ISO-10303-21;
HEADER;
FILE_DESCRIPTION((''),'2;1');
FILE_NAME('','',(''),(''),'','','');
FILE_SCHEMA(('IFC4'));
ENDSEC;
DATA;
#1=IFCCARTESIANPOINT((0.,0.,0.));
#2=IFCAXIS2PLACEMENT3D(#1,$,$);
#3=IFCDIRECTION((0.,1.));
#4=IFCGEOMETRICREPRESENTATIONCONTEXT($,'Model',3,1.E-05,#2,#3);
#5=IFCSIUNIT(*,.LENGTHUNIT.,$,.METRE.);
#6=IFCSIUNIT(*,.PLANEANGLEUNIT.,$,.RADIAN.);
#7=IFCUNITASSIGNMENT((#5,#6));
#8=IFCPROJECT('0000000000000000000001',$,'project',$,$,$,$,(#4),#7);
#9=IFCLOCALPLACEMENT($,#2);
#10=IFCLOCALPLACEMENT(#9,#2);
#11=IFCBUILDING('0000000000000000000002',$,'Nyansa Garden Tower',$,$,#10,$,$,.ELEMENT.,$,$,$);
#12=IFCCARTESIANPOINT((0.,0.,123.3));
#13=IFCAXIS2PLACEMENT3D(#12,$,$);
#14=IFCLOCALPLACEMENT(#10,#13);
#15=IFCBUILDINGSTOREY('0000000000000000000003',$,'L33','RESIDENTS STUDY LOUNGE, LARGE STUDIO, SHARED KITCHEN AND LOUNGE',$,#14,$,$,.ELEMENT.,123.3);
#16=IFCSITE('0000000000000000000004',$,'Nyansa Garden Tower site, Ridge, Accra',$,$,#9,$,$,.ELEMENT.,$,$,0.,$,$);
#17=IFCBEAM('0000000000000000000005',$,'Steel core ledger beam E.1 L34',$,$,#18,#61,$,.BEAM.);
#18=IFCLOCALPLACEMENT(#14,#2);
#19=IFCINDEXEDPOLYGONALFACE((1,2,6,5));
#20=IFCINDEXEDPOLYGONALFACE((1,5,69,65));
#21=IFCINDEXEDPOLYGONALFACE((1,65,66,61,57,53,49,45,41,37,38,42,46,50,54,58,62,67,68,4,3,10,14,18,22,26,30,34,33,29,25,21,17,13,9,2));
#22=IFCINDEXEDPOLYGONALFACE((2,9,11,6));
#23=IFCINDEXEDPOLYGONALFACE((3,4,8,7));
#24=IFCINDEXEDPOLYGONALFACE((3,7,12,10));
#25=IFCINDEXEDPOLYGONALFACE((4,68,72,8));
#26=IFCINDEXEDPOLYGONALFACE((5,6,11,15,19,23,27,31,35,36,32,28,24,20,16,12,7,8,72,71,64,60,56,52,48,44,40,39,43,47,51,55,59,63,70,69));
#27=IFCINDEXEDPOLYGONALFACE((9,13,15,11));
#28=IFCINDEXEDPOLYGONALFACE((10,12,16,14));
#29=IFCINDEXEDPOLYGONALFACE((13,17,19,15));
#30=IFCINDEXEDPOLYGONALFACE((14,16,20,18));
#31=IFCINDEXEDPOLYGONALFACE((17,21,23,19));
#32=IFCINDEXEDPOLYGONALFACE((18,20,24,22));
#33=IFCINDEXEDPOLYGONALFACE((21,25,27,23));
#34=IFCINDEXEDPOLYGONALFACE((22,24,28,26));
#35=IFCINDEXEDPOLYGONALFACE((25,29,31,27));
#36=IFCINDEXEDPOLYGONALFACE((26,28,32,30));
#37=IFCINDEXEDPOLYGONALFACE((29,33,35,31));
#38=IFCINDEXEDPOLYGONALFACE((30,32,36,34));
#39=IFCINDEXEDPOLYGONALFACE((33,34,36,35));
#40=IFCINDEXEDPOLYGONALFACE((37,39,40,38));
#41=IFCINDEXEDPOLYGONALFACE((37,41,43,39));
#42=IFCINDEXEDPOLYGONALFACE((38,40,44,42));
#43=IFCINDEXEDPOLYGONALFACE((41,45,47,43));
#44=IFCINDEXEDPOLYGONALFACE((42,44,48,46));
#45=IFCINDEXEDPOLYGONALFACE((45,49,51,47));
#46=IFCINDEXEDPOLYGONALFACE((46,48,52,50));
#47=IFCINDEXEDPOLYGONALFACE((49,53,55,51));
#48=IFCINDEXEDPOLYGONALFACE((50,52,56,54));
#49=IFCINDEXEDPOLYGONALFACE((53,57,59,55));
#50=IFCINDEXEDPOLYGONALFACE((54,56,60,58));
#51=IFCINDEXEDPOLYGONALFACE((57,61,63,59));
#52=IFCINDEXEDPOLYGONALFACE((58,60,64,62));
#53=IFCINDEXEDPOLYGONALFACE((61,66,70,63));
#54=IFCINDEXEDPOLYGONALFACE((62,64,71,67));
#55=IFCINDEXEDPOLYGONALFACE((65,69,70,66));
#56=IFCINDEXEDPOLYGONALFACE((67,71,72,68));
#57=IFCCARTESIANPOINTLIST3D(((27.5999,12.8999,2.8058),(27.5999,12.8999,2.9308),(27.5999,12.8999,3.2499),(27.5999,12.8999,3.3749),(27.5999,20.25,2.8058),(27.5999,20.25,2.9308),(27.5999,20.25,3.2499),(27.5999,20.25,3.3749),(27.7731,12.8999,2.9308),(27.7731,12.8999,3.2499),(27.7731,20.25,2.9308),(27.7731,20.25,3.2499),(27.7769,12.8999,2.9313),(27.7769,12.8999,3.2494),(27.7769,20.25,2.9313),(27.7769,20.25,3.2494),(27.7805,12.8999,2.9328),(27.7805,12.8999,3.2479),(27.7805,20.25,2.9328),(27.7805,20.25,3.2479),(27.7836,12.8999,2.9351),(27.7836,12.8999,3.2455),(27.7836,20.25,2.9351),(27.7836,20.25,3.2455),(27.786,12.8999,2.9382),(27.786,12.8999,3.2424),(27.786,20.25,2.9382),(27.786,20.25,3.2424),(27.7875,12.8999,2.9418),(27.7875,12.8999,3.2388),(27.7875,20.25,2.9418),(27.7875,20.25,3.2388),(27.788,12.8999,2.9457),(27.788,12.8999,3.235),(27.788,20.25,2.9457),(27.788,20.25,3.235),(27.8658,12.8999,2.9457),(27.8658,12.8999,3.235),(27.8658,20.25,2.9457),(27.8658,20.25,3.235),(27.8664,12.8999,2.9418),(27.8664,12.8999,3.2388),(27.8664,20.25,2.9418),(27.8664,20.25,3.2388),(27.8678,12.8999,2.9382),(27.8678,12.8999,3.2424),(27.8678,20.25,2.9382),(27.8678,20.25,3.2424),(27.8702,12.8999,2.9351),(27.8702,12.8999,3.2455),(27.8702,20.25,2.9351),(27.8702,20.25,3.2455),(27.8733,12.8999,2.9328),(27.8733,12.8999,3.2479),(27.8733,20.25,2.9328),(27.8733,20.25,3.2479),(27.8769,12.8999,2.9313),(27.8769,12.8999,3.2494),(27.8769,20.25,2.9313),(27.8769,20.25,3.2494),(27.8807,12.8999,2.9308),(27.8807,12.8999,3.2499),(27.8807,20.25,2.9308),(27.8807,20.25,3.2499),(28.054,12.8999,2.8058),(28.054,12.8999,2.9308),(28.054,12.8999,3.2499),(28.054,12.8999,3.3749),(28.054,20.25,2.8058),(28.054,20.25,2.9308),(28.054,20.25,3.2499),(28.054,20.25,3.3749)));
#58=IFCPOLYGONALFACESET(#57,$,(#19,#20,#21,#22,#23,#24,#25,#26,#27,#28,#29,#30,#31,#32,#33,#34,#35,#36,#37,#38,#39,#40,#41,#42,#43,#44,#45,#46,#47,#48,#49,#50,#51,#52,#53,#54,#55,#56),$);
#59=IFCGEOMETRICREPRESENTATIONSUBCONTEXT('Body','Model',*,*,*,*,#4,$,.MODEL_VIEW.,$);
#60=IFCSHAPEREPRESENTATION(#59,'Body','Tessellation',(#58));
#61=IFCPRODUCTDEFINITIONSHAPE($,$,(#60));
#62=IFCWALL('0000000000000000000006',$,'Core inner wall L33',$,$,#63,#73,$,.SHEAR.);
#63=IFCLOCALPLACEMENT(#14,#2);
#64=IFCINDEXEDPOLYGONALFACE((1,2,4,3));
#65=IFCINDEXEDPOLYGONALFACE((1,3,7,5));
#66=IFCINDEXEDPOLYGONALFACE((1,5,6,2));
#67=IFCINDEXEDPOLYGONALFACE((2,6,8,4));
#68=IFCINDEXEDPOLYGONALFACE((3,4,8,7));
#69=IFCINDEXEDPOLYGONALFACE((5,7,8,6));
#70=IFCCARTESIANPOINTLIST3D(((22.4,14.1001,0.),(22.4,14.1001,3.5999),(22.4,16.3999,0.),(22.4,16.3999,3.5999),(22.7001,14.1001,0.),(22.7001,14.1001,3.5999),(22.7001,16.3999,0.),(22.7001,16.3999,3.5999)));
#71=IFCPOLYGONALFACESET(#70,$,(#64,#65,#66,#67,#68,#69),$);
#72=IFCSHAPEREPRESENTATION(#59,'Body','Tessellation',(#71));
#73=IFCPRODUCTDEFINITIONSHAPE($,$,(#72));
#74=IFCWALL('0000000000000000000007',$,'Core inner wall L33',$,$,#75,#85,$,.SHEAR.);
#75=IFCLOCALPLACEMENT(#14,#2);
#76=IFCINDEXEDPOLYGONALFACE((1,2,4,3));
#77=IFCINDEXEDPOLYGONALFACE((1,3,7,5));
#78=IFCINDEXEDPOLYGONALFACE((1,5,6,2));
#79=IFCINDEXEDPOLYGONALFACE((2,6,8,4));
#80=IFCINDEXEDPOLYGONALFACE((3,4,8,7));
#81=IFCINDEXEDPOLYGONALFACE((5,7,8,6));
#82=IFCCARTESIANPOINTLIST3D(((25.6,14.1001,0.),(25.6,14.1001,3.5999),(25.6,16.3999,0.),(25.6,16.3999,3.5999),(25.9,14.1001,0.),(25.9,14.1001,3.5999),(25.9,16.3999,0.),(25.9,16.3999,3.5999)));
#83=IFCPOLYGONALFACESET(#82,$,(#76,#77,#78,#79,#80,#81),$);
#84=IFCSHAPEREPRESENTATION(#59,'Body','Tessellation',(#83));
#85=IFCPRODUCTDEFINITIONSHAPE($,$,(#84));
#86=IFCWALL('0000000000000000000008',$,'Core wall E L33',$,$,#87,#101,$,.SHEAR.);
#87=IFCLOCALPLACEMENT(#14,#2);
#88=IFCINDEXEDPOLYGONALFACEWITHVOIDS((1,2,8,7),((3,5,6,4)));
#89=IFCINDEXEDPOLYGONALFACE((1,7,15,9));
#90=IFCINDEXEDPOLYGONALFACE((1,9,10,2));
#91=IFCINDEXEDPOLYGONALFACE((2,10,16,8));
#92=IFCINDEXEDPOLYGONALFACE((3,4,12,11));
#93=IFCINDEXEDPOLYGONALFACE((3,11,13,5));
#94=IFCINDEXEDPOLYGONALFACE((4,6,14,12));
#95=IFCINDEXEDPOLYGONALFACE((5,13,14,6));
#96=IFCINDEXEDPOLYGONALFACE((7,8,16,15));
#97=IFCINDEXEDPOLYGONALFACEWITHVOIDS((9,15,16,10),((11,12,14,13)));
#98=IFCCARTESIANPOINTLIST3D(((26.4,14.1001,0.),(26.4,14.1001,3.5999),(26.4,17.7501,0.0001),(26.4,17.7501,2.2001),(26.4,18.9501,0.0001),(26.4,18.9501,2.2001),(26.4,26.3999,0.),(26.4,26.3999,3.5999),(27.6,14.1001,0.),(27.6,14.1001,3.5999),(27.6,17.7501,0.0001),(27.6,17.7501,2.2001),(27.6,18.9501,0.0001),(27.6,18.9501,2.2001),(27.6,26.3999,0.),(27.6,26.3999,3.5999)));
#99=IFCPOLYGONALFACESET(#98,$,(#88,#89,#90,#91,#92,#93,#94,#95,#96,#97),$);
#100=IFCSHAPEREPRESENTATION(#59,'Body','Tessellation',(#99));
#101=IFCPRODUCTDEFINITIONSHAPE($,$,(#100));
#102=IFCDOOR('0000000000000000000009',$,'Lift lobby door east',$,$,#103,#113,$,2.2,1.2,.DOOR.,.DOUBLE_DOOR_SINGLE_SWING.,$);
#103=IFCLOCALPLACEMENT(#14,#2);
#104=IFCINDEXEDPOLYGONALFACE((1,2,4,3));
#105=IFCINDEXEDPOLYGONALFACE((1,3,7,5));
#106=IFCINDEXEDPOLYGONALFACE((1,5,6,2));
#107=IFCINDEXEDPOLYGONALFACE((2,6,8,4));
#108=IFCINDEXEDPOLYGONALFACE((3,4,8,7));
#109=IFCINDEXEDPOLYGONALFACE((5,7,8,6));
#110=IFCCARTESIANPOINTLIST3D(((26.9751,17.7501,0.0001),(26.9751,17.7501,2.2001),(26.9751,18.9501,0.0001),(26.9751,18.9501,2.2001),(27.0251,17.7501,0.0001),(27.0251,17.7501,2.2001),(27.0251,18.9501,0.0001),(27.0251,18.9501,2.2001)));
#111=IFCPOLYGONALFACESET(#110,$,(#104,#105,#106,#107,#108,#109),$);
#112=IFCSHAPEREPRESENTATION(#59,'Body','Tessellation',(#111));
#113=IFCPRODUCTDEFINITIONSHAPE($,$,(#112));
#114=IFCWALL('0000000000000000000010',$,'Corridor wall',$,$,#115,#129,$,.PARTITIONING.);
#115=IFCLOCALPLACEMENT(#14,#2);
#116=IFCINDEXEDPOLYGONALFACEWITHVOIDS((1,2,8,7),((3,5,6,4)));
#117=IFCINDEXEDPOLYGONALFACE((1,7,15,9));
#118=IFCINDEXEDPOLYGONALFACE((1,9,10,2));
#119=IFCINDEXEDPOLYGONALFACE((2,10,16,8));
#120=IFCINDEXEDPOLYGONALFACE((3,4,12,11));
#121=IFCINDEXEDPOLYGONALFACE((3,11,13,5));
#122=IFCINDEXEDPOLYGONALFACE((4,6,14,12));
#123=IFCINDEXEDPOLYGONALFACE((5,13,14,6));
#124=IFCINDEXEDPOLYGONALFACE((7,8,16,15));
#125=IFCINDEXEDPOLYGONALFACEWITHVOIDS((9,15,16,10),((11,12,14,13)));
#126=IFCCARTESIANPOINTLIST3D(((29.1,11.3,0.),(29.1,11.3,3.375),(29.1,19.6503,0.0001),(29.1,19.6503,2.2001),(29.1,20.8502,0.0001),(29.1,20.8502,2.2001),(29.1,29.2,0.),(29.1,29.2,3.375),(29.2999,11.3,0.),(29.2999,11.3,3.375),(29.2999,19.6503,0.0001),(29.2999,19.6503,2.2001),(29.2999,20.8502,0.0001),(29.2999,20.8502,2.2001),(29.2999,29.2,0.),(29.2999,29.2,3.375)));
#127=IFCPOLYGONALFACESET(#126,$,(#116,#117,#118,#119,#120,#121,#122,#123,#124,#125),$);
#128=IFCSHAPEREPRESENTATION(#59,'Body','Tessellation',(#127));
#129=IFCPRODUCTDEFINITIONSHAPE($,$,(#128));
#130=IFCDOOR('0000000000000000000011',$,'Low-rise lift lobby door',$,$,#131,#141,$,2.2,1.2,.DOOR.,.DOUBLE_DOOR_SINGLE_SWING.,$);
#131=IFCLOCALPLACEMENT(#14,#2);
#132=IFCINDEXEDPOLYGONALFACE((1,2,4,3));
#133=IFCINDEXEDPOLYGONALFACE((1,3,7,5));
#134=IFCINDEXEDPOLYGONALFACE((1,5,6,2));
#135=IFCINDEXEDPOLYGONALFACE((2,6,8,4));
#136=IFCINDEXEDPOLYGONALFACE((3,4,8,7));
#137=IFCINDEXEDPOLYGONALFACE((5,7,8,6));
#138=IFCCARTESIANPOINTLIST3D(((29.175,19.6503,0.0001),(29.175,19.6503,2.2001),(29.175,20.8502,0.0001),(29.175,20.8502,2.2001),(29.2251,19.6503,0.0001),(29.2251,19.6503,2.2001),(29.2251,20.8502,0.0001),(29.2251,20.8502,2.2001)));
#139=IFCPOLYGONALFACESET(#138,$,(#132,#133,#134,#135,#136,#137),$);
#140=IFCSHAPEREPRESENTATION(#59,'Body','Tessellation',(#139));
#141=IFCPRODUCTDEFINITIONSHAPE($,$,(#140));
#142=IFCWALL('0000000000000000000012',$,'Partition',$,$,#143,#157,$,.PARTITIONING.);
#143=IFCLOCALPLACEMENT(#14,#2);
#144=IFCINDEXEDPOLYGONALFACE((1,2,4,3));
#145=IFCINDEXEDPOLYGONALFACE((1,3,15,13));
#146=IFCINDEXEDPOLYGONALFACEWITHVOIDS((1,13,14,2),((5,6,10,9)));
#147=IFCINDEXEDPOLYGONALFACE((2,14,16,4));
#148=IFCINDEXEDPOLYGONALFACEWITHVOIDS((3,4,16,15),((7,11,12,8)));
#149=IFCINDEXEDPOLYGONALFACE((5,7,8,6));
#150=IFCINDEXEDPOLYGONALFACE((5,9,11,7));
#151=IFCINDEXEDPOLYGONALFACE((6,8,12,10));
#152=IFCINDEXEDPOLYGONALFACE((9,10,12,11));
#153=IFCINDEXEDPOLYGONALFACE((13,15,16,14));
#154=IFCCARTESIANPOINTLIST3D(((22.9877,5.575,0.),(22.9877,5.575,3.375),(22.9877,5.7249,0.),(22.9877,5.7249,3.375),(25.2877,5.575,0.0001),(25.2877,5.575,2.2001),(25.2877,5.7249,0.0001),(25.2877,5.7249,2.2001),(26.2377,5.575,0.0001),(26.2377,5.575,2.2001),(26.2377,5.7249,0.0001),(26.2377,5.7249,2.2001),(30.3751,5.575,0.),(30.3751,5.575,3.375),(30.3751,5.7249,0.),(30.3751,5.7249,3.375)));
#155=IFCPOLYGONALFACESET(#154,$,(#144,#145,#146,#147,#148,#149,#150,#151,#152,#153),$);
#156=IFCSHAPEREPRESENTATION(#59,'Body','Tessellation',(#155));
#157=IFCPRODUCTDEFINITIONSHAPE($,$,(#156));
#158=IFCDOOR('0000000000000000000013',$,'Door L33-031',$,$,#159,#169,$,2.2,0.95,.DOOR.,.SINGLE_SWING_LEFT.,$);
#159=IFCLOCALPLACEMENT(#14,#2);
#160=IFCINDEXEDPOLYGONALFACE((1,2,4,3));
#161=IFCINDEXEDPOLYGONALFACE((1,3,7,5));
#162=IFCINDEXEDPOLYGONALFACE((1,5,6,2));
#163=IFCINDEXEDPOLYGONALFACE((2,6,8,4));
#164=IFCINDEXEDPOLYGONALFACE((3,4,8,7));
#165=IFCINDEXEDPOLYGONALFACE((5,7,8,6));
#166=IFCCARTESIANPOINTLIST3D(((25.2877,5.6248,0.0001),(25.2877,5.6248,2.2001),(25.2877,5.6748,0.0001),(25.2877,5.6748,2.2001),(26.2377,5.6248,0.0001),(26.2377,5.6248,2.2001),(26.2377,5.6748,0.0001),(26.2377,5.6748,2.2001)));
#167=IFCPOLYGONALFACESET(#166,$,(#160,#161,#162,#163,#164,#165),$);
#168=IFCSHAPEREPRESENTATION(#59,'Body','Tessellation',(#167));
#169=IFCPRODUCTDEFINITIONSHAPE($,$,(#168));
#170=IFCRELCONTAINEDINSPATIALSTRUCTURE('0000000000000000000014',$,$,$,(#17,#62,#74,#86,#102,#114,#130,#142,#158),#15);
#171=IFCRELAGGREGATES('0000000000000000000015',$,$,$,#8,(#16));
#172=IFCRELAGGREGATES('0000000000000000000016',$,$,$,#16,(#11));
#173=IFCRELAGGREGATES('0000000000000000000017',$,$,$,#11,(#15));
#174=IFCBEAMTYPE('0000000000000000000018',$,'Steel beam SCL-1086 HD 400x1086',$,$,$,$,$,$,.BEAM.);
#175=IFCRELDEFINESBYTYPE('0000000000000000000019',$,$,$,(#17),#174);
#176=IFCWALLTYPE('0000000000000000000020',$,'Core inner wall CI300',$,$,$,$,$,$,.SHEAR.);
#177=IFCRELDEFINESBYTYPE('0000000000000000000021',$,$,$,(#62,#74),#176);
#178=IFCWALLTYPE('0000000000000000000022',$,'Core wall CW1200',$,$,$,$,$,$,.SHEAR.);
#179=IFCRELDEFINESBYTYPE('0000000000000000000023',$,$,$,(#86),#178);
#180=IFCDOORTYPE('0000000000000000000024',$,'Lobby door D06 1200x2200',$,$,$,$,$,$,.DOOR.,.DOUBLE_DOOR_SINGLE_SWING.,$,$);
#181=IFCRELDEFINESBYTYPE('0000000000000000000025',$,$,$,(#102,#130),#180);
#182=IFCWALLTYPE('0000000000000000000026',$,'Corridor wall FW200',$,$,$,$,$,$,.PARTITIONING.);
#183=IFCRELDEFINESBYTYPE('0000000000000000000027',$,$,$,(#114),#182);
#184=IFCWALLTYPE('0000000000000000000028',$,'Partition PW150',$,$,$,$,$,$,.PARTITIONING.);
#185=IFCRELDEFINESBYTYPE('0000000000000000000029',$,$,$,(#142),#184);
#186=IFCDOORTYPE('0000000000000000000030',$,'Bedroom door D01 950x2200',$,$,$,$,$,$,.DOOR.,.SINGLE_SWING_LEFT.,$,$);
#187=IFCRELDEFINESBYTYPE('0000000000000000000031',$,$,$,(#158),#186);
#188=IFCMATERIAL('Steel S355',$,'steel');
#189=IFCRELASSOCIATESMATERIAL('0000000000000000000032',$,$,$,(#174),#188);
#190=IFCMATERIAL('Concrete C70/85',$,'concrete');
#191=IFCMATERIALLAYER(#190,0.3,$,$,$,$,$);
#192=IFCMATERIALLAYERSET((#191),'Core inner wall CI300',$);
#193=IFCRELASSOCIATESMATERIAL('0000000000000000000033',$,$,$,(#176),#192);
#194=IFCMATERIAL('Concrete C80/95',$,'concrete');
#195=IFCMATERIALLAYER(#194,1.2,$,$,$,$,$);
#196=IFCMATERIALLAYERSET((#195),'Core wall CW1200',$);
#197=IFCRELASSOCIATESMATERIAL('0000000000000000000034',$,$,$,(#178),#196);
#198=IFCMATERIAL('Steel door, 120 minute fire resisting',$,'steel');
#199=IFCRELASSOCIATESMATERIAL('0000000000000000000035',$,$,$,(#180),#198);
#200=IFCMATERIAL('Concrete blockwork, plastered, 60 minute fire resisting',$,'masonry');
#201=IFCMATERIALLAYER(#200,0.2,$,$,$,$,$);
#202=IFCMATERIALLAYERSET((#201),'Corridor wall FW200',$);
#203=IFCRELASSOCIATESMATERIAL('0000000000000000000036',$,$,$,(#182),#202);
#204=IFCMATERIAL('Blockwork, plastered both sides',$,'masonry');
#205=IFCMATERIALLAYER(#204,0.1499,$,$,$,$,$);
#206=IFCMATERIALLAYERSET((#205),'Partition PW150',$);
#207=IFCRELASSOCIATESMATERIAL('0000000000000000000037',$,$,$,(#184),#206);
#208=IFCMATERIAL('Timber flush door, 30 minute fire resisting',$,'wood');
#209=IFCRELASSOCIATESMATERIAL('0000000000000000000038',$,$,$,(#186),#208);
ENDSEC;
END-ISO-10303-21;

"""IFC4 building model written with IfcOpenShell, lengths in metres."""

from ifc_helpers import new_model, si_unit, direction, frame, frame_2d, origin, origin_2d, place, context, subcontext, project, spatial, rectangle, i_section, extrude, material, layer, layer_set, material_profile, profile_set, type_object, element, fill, save


model = new_model("IFC4")

# Units and contexts
model_context = context("Model", 3, precision=1e-05, world=origin(), true_north=direction((0.0, 1.0)))
body_context = subcontext(model_context, "Body", "Model", "MODEL_VIEW")
ifc_project = project(units=[si_unit("LENGTHUNIT", "METRE"), si_unit("PLANEANGLEUNIT", "RADIAN")], contexts=[model_context])

# Site, building, storey
site_placement = place(None, origin())
site = spatial("IfcSite", under=ifc_project, at=site_placement, Name="Nyansa Garden Tower site, Ridge, Accra", CompositionType="ELEMENT", RefElevation=0.0)
building_placement = place(site_placement, origin())
building = spatial("IfcBuilding", under=site, at=building_placement, Name="Nyansa Garden Tower", CompositionType="ELEMENT")
storey_placement = place(building_placement, frame((0.0, 0.0, 123.3)))
storey = spatial("IfcBuildingStorey", under=building, at=storey_placement, Name="L33", Description="RESIDENTS STUDY LOUNGE, LARGE STUDIO, SHARED KITCHEN AND LOUNGE", CompositionType="ELEMENT", Elevation=123.3)

# Beam
ifc_material_1 = material(Name="Steel S355", Category="steel")
ifc_material_profile_1 = material_profile(ifc_material_1, i_section(OverallWidth=0.4541, OverallDepth=0.5691, WebThickness=0.0779, FlangeThickness=0.125, FilletRadius=0.0149, at=origin_2d()), Name="HD 400x1086")
ifc_profile_set_1 = profile_set([ifc_material_profile_1], Name="Steel S355")
beam_type_1 = type_object("IfcBeamType", Name="Steel beam SCL-1086 HD 400x1086", PredefinedType="BEAM", material=ifc_profile_set_1)
beam_1_placement = place(storey_placement, frame((27.8269, 12.8999, 3.0903), z_axis=(0.0, 1.0, 0.0), x_axis=(-1.0, 0.0, 0.0)))
element("IfcBeam", 1, at=beam_1_placement, inside=storey, type_object=beam_type_1, Name="Steel core ledger beam E.1 L34", PredefinedType="BEAM", context=body_context, shape_type="SweptSolid", body=[
    extrude(i_section(OverallWidth=0.4541, OverallDepth=0.5691, WebThickness=0.0779, FlangeThickness=0.125, FilletRadius=0.0149, at=origin_2d()), origin(), (0.0, 0.0, 1.0), 7.3501),
])

# Walls
ifc_material_2 = material(Name="Concrete C70/85", Category="concrete")
ifc_layer_1 = layer(ifc_material_2, 0.3)
ifc_layer_set_1 = layer_set([ifc_layer_1], Name="Core inner wall CI300")
wall_type_1 = type_object("IfcWallType", Name="Core inner wall CI300", PredefinedType="SHEAR", material=ifc_layer_set_1)
for number, where, z_axis, x_axis, name in (
    (2, (22.55, 14.1001, 0.0), (0.0, 0.0, 1.0), (0.0, 1.0, 0.0), "Core inner wall L33"),
    (3, (25.75, 14.1001, 0.0), (0.0, 0.0, 1.0), (0.0, 1.0, 0.0), "Core inner wall L33"),
):
    element("IfcWall", number, at=place(storey_placement, frame(where, z_axis=z_axis, x_axis=x_axis)), inside=storey, type_object=wall_type_1, Name=name, PredefinedType="SHEAR", context=body_context, shape_type="SweptSolid", body=[
        extrude(rectangle(XDim=2.2998, YDim=0.3, at=frame_2d((1.1499, 0.0))), origin(), (0.0, 0.0, 1.0), 3.5999),
    ])

# Walls, openings, doors
ifc_material_3 = material(Name="Concrete C80/95", Category="concrete")
ifc_layer_2 = layer(ifc_material_3, 1.2)
ifc_layer_set_2 = layer_set([ifc_layer_2], Name="Core wall CW1200")
wall_type_2 = type_object("IfcWallType", Name="Core wall CW1200", PredefinedType="SHEAR", material=ifc_layer_set_2)
wall_1_placement = place(storey_placement, frame((27.0, 14.1001, 0.0), z_axis=(0.0, 0.0, 1.0), x_axis=(0.0, 1.0, 0.0)))
wall_1 = element("IfcWall", 4, at=wall_1_placement, inside=storey, type_object=wall_type_2, Name="Core wall E L33", PredefinedType="SHEAR", context=body_context, shape_type="SweptSolid", body=[
    extrude(rectangle(XDim=12.2998, YDim=1.2, at=frame_2d((6.1499, 0.0))), origin(), (0.0, 0.0, 1.0), 3.5999),
])
opening_1_placement = place(wall_1_placement, frame((3.6499, 0.0, 0.0)))
opening_1 = element("IfcOpeningElement", 5, at=opening_1_placement, cuts=wall_1, PredefinedType="OPENING", context=body_context, shape_type="SweptSolid", body=[
    extrude(rectangle(XDim=1.2, YDim=2.2, at=frame_2d((0.6001, 1.1001))), frame((0.0, 0.6099, 0.0), z_axis=(0.0, -1.0, 0.0), x_axis=(1.0, 0.0, 0.0)), (0.0, 0.0, 1.0), 1.22),
])
ifc_material_4 = material(Name="Steel door, 120 minute fire resisting", Category="steel")
door_type_1 = type_object("IfcDoorType", Name="Lobby door D06 1200x2200", OperationType="DOUBLE_DOOR_SINGLE_SWING", PredefinedType="DOOR", material=ifc_material_4)
door_1_placement = place(opening_1_placement, origin())
door_1 = element("IfcDoor", 6, at=door_1_placement, inside=storey, type_object=door_type_1, Name="Lift lobby door east", OperationType="DOUBLE_DOOR_SINGLE_SWING", OverallHeight=2.2, OverallWidth=1.2, PredefinedType="DOOR", context=body_context, shape_type="SweptSolid", body=[
    extrude(rectangle(XDim=1.2, YDim=2.2, at=frame_2d((0.6001, 1.1001))), frame((0.0, 0.0249, 0.0), z_axis=(0.0, -1.0, 0.0), x_axis=(1.0, 0.0, 0.0)), (0.0, 0.0, 1.0), 0.05),
])
fill(opening_1, door_1)
ifc_material_5 = material(Name="Concrete blockwork, plastered, 60 minute fire resisting", Category="masonry")
ifc_layer_3 = layer(ifc_material_5, 0.2)
ifc_layer_set_3 = layer_set([ifc_layer_3], Name="Corridor wall FW200")
wall_type_3 = type_object("IfcWallType", Name="Corridor wall FW200", PredefinedType="PARTITIONING", material=ifc_layer_set_3)
wall_2_placement = place(storey_placement, frame((29.2, 11.3, 0.0), z_axis=(0.0, 0.0, 1.0), x_axis=(0.0, 1.0, 0.0)))
wall_2 = element("IfcWall", 7, at=wall_2_placement, inside=storey, type_object=wall_type_3, Name="Corridor wall", PredefinedType="PARTITIONING", context=body_context, shape_type="SweptSolid", body=[
    extrude(rectangle(XDim=17.8999, YDim=0.2, at=frame_2d((8.95, 0.0))), origin(), (0.0, 0.0, 1.0), 3.375),
])
opening_2_placement = place(wall_2_placement, frame((8.3501, 0.0, 0.0)))
opening_2 = element("IfcOpeningElement", 8, at=opening_2_placement, cuts=wall_2, PredefinedType="OPENING", context=body_context, shape_type="SweptSolid", body=[
    extrude(rectangle(XDim=1.2, YDim=2.2, at=frame_2d((0.6001, 1.1001))), frame((0.0, 0.1099, 0.0), z_axis=(0.0, -1.0, 0.0), x_axis=(1.0, 0.0, 0.0)), (0.0, 0.0, 1.0), 0.22),
])
door_2_placement = place(opening_2_placement, origin())
door_2 = element("IfcDoor", 9, at=door_2_placement, inside=storey, type_object=door_type_1, Name="Low-rise lift lobby door", OperationType="DOUBLE_DOOR_SINGLE_SWING", OverallHeight=2.2, OverallWidth=1.2, PredefinedType="DOOR", context=body_context, shape_type="SweptSolid", body=[
    extrude(rectangle(XDim=1.2, YDim=2.2, at=frame_2d((0.6001, 1.1001))), frame((0.0, 0.0249, 0.0), z_axis=(0.0, -1.0, 0.0), x_axis=(1.0, 0.0, 0.0)), (0.0, 0.0, 1.0), 0.05),
])
fill(opening_2, door_2)
ifc_material_6 = material(Name="Blockwork, plastered both sides", Category="masonry")
ifc_layer_4 = layer(ifc_material_6, 0.1499)
ifc_layer_set_4 = layer_set([ifc_layer_4], Name="Partition PW150")
wall_type_4 = type_object("IfcWallType", Name="Partition PW150", PredefinedType="PARTITIONING", material=ifc_layer_set_4)
wall_3_placement = place(storey_placement, frame((22.9875, 5.6499, 0.0), z_axis=(0.0, 0.0, 1.0), x_axis=(1.0, 0.0, 0.0)))
wall_3 = element("IfcWall", 10, at=wall_3_placement, inside=storey, type_object=wall_type_4, Name="Partition", PredefinedType="PARTITIONING", context=body_context, shape_type="SweptSolid", body=[
    extrude(rectangle(XDim=7.3875, YDim=0.1499, at=frame_2d((3.6938, 0.0))), origin(), (0.0, 0.0, 1.0), 3.375),
])
opening_3_placement = place(wall_3_placement, frame((2.3, 0.0, 0.0)))
opening_3 = element("IfcOpeningElement", 11, at=opening_3_placement, cuts=wall_3, PredefinedType="OPENING", context=body_context, shape_type="SweptSolid", body=[
    extrude(rectangle(XDim=0.95, YDim=2.2, at=frame_2d((0.4751, 1.1001))), frame((0.0, 0.085, 0.0), z_axis=(0.0, -1.0, 0.0), x_axis=(1.0, 0.0, 0.0)), (0.0, 0.0, 1.0), 0.1699),
])
ifc_material_7 = material(Name="Timber flush door, 30 minute fire resisting", Category="wood")
door_type_2 = type_object("IfcDoorType", Name="Bedroom door D01 950x2200", OperationType="SINGLE_SWING_LEFT", PredefinedType="DOOR", material=ifc_material_7)
door_3_placement = place(opening_3_placement, origin())
door_3 = element("IfcDoor", 12, at=door_3_placement, inside=storey, type_object=door_type_2, Name="Door L33-031", OperationType="SINGLE_SWING_LEFT", OverallHeight=2.2, OverallWidth=0.95, PredefinedType="DOOR", context=body_context, shape_type="SweptSolid", body=[
    extrude(rectangle(XDim=0.95, YDim=2.2, at=frame_2d((0.4751, 1.1001))), frame((0.0, 0.0249, 0.0), z_axis=(0.0, -1.0, 0.0), x_axis=(1.0, 0.0, 0.0)), (0.0, 0.0, 1.0), 0.05),
])
fill(opening_3, door_3)

save(model, "model.ifc")
